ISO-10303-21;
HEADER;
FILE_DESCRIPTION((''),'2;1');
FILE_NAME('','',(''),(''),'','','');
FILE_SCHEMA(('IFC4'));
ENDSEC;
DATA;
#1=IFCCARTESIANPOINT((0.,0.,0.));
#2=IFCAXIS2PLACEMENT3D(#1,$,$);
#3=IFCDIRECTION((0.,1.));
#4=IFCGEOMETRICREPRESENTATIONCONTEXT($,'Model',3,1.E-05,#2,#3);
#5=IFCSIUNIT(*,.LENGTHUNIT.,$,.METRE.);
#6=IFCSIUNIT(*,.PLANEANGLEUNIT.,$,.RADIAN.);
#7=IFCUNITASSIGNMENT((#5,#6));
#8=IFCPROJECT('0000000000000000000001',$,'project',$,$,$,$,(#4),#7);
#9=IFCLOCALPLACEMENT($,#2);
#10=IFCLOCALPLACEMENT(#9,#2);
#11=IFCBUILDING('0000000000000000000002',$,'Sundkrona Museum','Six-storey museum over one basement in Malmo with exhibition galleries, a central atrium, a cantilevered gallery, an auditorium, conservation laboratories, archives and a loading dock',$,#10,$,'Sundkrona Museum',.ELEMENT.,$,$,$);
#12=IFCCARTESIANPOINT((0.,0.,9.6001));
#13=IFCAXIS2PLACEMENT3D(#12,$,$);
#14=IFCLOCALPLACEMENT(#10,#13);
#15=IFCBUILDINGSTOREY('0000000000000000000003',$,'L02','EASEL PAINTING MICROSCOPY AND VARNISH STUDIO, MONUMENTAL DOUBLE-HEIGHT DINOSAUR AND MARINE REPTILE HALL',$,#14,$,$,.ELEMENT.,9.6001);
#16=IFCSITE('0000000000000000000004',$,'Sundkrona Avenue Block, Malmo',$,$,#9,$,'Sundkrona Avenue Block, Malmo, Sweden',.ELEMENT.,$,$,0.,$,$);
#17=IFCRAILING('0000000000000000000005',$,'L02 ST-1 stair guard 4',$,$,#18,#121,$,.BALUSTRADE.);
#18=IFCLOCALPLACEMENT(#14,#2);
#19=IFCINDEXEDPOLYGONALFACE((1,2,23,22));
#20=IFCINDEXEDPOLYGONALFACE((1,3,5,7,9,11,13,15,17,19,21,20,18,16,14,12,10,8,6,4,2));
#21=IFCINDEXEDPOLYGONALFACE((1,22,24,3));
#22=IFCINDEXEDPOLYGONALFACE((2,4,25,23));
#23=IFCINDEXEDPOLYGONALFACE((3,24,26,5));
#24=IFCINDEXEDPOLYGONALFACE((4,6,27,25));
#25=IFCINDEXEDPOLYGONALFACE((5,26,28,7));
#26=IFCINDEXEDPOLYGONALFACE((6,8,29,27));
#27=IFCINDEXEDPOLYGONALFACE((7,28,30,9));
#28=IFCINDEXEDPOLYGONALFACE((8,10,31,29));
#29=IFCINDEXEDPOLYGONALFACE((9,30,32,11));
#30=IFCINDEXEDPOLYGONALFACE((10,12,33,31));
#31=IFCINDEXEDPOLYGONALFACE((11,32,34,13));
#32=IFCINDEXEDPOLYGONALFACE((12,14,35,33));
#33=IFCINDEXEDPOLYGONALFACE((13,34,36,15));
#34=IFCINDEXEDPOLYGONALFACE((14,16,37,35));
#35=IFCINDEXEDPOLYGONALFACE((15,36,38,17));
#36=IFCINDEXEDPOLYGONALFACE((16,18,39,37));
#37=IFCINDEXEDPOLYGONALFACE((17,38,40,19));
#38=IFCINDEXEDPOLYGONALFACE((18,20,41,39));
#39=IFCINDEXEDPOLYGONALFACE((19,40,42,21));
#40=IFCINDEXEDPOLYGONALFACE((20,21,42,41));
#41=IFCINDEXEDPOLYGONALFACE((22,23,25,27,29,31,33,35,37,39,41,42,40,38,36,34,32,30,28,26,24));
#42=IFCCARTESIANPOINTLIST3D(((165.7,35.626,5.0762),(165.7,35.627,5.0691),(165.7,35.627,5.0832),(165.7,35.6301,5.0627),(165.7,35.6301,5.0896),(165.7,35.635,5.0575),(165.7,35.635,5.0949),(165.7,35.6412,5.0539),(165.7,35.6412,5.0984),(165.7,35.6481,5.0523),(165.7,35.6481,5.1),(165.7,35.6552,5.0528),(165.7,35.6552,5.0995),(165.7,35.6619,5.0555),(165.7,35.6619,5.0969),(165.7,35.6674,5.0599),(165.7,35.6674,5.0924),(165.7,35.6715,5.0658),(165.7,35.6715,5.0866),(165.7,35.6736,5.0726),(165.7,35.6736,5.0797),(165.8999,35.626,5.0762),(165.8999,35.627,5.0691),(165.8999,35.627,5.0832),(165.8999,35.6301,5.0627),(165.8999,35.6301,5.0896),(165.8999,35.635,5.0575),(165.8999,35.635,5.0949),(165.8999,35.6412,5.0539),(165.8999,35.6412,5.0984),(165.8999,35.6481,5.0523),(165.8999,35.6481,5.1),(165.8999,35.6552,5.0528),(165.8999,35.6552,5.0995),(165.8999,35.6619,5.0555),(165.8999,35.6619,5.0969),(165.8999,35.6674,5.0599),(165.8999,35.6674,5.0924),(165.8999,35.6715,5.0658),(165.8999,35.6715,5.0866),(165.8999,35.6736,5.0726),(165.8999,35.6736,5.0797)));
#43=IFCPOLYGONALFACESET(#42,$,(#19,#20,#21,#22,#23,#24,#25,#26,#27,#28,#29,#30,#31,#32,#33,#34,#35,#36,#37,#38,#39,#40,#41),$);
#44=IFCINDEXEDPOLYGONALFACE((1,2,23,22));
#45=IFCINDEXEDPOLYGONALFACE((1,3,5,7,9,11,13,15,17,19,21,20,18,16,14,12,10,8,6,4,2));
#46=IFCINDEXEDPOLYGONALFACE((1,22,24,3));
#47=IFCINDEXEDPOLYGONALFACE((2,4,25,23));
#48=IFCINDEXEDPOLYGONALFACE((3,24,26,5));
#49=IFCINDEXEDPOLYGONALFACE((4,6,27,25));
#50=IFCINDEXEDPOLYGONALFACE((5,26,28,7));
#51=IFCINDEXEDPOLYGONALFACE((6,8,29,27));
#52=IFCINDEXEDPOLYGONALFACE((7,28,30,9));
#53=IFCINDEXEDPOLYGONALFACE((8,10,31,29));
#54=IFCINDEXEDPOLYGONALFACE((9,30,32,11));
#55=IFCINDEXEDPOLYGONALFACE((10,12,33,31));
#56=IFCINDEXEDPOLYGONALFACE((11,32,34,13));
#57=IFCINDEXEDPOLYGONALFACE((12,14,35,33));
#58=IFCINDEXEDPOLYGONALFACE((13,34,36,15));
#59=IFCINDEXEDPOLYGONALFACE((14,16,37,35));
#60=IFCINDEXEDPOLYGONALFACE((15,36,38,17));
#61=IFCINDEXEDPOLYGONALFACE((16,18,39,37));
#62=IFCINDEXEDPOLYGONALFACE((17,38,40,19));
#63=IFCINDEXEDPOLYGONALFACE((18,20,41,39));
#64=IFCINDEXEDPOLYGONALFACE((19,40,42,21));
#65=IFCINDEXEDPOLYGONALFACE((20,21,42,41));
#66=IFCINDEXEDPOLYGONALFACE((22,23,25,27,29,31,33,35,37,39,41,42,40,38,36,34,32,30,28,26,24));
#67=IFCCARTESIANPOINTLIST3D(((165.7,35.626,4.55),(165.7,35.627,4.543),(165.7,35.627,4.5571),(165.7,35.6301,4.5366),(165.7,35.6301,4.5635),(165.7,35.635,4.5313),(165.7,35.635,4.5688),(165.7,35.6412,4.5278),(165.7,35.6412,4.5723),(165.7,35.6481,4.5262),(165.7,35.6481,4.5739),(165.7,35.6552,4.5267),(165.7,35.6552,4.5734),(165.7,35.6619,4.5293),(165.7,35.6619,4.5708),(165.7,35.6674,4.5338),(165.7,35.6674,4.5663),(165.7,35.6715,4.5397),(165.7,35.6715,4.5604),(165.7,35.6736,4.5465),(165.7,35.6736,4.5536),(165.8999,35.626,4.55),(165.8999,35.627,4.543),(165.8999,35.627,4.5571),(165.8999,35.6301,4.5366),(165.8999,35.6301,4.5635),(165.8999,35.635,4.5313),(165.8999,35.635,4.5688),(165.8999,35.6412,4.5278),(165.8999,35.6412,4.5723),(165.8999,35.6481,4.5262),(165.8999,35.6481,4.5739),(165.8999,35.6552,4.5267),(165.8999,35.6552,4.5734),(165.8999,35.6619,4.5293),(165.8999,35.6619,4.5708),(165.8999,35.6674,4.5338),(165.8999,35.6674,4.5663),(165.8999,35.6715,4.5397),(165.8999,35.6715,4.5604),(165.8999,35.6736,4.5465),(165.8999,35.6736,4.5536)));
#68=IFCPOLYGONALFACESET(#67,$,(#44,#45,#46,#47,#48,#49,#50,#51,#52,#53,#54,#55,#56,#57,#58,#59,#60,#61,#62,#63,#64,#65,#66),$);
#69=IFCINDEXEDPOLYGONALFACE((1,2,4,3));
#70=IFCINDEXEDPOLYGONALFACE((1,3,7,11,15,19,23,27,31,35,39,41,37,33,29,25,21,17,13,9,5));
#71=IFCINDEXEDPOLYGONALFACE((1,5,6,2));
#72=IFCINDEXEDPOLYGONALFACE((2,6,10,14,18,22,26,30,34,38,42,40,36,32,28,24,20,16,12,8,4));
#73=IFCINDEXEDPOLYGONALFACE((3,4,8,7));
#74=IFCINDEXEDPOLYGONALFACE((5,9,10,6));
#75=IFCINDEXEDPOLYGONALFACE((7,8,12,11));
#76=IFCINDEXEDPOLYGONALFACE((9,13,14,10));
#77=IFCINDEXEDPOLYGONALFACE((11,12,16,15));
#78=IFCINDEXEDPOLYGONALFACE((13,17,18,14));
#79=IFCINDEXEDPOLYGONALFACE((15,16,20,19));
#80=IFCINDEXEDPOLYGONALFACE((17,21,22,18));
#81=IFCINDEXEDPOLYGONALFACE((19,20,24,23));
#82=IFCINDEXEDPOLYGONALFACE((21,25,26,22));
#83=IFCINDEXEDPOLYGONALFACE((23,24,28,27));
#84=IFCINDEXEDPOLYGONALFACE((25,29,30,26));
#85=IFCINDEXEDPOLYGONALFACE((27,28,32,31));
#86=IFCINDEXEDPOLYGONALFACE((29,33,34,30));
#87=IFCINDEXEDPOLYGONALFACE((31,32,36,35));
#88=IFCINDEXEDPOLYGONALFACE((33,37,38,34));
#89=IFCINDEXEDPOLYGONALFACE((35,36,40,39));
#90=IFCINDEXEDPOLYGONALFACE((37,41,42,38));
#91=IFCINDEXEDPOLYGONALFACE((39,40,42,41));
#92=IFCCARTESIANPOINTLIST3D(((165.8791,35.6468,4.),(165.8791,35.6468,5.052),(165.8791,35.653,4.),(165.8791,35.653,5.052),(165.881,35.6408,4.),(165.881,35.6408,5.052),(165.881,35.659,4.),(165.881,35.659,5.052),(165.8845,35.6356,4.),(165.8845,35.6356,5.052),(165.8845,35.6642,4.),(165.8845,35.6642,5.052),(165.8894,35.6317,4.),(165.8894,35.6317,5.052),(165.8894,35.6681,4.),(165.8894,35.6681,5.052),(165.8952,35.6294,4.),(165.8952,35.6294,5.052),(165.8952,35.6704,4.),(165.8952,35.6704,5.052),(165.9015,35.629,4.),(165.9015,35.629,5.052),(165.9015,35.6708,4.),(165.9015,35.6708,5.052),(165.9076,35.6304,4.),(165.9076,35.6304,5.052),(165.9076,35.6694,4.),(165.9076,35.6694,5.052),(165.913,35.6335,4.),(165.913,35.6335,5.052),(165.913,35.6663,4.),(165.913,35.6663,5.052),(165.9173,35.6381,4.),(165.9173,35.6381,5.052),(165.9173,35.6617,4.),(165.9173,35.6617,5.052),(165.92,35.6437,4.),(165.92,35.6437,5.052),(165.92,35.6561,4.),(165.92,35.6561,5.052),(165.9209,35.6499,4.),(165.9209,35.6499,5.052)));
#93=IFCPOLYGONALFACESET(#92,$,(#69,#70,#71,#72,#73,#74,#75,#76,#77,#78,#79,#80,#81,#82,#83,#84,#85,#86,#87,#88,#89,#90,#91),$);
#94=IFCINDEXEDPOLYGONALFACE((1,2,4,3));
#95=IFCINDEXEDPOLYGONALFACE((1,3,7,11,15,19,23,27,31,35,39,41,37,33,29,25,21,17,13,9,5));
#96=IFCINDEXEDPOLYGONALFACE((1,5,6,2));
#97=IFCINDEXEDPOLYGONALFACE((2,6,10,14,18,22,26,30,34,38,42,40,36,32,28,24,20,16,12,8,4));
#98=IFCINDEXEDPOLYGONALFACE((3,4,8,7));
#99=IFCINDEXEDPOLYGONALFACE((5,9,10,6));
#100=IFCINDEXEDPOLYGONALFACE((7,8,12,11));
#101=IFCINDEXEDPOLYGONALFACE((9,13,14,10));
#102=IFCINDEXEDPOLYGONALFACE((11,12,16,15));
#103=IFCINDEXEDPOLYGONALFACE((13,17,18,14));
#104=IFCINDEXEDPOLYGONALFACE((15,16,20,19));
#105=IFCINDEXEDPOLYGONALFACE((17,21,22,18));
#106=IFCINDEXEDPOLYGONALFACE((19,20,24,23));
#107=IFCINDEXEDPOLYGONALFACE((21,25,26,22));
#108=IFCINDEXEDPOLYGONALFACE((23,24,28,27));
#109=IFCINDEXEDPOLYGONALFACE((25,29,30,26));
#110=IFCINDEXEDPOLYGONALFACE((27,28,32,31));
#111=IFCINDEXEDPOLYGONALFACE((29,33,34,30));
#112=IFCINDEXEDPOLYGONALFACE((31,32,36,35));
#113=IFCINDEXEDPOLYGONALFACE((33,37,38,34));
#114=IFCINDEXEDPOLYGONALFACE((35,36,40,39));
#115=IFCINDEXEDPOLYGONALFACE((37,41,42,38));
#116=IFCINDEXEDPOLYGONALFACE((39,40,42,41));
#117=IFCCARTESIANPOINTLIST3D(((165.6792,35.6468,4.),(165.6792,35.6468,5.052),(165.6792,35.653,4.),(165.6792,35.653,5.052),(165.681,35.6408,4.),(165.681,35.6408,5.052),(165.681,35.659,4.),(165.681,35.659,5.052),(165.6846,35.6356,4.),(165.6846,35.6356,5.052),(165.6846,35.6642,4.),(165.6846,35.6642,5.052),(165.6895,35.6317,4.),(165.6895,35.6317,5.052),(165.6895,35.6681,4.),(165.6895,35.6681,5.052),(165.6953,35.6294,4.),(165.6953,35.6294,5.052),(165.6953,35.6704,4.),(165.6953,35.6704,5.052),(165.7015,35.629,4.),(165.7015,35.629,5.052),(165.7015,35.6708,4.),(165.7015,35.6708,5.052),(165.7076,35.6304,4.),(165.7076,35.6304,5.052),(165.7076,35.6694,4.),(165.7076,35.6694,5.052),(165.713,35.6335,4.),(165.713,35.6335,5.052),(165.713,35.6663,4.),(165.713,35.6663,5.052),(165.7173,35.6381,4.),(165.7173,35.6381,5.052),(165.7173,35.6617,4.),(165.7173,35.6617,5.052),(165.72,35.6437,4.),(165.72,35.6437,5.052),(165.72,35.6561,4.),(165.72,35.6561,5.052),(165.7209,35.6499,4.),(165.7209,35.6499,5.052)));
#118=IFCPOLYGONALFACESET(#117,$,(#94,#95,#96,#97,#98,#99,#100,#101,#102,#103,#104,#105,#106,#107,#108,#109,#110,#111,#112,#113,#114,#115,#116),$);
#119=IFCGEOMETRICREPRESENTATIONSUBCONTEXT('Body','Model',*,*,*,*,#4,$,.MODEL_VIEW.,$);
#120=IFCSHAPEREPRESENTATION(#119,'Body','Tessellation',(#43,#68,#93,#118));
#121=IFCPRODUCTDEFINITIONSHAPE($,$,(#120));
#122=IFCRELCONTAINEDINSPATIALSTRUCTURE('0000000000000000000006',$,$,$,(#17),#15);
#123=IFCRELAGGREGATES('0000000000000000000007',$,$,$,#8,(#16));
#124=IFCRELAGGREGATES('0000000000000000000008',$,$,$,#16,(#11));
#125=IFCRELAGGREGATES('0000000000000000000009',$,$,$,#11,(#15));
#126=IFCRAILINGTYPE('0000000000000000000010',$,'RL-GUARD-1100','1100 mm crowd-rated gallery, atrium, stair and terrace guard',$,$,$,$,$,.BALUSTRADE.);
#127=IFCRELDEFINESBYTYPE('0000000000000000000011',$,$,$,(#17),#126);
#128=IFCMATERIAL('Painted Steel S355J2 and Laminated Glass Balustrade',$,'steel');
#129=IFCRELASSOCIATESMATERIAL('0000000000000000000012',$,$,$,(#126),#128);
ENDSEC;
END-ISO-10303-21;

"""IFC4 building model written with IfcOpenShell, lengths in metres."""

from ifc_helpers import new_model, si_unit, direction, frame, origin, origin_2d, place, context, subcontext, project, spatial, circle, extrude, material, type_object, element, save


model = new_model("IFC4")

# Units and contexts
model_context = context("Model", 3, precision=1e-05, world=origin(), true_north=direction((0.0, 1.0)))
body_context = subcontext(model_context, "Body", "Model", "MODEL_VIEW")
ifc_project = project(units=[si_unit("LENGTHUNIT", "METRE"), si_unit("PLANEANGLEUNIT", "RADIAN")], contexts=[model_context])

# Site, building, storey
site_placement = place(None, origin())
site = spatial("IfcSite", under=ifc_project, at=site_placement, Name="Sundkrona Avenue Block, Malmo", LongName="Sundkrona Avenue Block, Malmo, Sweden", CompositionType="ELEMENT", RefElevation=0.0)
building_placement = place(site_placement, origin())
building = spatial("IfcBuilding", under=site, at=building_placement, Name="Sundkrona Museum", Description="Six-storey museum over one basement in Malmo with exhibition galleries, a central atrium, a cantilevered gallery, an auditorium, conservation laboratories, archives and a loading dock", LongName="Sundkrona Museum", CompositionType="ELEMENT")
storey_placement = place(building_placement, frame((0.0, 0.0, 9.6001)))
storey = spatial("IfcBuildingStorey", under=building, at=storey_placement, Name="L02", Description="EASEL PAINTING MICROSCOPY AND VARNISH STUDIO, MONUMENTAL DOUBLE-HEIGHT DINOSAUR AND MARINE REPTILE HALL", CompositionType="ELEMENT", Elevation=9.6001)

# Railing
ifc_material_1 = material(Name="Painted Steel S355J2 and Laminated Glass Balustrade", Category="steel")
railing_type_1 = type_object("IfcRailingType", Name="RL-GUARD-1100", Description="1100 mm crowd-rated gallery, atrium, stair and terrace guard", PredefinedType="BALUSTRADE", material=ifc_material_1)
railing_1_placement = place(storey_placement, frame((165.8999, 35.6499, 4.0)))
element("IfcRailing", 1, at=railing_1_placement, inside=storey, type_object=railing_type_1, Name="L02 ST-1 stair guard 4", PredefinedType="BALUSTRADE", context=body_context, shape_type="SweptSolid", body=[
    extrude(circle(Radius=0.0239, at=origin_2d()), frame((0.0, 0.0, 1.0762), z_axis=(-1.0, 0.0, 0.0), x_axis=(0.0, -1.0, 0.0)), (0.0, 0.0, 1.0), 0.2),
    extrude(circle(Radius=0.0239, at=origin_2d()), frame((0.0, 0.0, 0.55), z_axis=(-1.0, 0.0, 0.0), x_axis=(0.0, -1.0, 0.0)), (0.0, 0.0, 1.0), 0.2),
    extrude(circle(Radius=0.021, at=origin_2d()), origin(), (0.0, 0.0, 1.0), 1.052),
    extrude(circle(Radius=0.021, at=origin_2d()), frame((-0.2, 0.0, 0.0)), (0.0, 0.0, 1.0), 1.052),
])

save(model, "model.ifc")
